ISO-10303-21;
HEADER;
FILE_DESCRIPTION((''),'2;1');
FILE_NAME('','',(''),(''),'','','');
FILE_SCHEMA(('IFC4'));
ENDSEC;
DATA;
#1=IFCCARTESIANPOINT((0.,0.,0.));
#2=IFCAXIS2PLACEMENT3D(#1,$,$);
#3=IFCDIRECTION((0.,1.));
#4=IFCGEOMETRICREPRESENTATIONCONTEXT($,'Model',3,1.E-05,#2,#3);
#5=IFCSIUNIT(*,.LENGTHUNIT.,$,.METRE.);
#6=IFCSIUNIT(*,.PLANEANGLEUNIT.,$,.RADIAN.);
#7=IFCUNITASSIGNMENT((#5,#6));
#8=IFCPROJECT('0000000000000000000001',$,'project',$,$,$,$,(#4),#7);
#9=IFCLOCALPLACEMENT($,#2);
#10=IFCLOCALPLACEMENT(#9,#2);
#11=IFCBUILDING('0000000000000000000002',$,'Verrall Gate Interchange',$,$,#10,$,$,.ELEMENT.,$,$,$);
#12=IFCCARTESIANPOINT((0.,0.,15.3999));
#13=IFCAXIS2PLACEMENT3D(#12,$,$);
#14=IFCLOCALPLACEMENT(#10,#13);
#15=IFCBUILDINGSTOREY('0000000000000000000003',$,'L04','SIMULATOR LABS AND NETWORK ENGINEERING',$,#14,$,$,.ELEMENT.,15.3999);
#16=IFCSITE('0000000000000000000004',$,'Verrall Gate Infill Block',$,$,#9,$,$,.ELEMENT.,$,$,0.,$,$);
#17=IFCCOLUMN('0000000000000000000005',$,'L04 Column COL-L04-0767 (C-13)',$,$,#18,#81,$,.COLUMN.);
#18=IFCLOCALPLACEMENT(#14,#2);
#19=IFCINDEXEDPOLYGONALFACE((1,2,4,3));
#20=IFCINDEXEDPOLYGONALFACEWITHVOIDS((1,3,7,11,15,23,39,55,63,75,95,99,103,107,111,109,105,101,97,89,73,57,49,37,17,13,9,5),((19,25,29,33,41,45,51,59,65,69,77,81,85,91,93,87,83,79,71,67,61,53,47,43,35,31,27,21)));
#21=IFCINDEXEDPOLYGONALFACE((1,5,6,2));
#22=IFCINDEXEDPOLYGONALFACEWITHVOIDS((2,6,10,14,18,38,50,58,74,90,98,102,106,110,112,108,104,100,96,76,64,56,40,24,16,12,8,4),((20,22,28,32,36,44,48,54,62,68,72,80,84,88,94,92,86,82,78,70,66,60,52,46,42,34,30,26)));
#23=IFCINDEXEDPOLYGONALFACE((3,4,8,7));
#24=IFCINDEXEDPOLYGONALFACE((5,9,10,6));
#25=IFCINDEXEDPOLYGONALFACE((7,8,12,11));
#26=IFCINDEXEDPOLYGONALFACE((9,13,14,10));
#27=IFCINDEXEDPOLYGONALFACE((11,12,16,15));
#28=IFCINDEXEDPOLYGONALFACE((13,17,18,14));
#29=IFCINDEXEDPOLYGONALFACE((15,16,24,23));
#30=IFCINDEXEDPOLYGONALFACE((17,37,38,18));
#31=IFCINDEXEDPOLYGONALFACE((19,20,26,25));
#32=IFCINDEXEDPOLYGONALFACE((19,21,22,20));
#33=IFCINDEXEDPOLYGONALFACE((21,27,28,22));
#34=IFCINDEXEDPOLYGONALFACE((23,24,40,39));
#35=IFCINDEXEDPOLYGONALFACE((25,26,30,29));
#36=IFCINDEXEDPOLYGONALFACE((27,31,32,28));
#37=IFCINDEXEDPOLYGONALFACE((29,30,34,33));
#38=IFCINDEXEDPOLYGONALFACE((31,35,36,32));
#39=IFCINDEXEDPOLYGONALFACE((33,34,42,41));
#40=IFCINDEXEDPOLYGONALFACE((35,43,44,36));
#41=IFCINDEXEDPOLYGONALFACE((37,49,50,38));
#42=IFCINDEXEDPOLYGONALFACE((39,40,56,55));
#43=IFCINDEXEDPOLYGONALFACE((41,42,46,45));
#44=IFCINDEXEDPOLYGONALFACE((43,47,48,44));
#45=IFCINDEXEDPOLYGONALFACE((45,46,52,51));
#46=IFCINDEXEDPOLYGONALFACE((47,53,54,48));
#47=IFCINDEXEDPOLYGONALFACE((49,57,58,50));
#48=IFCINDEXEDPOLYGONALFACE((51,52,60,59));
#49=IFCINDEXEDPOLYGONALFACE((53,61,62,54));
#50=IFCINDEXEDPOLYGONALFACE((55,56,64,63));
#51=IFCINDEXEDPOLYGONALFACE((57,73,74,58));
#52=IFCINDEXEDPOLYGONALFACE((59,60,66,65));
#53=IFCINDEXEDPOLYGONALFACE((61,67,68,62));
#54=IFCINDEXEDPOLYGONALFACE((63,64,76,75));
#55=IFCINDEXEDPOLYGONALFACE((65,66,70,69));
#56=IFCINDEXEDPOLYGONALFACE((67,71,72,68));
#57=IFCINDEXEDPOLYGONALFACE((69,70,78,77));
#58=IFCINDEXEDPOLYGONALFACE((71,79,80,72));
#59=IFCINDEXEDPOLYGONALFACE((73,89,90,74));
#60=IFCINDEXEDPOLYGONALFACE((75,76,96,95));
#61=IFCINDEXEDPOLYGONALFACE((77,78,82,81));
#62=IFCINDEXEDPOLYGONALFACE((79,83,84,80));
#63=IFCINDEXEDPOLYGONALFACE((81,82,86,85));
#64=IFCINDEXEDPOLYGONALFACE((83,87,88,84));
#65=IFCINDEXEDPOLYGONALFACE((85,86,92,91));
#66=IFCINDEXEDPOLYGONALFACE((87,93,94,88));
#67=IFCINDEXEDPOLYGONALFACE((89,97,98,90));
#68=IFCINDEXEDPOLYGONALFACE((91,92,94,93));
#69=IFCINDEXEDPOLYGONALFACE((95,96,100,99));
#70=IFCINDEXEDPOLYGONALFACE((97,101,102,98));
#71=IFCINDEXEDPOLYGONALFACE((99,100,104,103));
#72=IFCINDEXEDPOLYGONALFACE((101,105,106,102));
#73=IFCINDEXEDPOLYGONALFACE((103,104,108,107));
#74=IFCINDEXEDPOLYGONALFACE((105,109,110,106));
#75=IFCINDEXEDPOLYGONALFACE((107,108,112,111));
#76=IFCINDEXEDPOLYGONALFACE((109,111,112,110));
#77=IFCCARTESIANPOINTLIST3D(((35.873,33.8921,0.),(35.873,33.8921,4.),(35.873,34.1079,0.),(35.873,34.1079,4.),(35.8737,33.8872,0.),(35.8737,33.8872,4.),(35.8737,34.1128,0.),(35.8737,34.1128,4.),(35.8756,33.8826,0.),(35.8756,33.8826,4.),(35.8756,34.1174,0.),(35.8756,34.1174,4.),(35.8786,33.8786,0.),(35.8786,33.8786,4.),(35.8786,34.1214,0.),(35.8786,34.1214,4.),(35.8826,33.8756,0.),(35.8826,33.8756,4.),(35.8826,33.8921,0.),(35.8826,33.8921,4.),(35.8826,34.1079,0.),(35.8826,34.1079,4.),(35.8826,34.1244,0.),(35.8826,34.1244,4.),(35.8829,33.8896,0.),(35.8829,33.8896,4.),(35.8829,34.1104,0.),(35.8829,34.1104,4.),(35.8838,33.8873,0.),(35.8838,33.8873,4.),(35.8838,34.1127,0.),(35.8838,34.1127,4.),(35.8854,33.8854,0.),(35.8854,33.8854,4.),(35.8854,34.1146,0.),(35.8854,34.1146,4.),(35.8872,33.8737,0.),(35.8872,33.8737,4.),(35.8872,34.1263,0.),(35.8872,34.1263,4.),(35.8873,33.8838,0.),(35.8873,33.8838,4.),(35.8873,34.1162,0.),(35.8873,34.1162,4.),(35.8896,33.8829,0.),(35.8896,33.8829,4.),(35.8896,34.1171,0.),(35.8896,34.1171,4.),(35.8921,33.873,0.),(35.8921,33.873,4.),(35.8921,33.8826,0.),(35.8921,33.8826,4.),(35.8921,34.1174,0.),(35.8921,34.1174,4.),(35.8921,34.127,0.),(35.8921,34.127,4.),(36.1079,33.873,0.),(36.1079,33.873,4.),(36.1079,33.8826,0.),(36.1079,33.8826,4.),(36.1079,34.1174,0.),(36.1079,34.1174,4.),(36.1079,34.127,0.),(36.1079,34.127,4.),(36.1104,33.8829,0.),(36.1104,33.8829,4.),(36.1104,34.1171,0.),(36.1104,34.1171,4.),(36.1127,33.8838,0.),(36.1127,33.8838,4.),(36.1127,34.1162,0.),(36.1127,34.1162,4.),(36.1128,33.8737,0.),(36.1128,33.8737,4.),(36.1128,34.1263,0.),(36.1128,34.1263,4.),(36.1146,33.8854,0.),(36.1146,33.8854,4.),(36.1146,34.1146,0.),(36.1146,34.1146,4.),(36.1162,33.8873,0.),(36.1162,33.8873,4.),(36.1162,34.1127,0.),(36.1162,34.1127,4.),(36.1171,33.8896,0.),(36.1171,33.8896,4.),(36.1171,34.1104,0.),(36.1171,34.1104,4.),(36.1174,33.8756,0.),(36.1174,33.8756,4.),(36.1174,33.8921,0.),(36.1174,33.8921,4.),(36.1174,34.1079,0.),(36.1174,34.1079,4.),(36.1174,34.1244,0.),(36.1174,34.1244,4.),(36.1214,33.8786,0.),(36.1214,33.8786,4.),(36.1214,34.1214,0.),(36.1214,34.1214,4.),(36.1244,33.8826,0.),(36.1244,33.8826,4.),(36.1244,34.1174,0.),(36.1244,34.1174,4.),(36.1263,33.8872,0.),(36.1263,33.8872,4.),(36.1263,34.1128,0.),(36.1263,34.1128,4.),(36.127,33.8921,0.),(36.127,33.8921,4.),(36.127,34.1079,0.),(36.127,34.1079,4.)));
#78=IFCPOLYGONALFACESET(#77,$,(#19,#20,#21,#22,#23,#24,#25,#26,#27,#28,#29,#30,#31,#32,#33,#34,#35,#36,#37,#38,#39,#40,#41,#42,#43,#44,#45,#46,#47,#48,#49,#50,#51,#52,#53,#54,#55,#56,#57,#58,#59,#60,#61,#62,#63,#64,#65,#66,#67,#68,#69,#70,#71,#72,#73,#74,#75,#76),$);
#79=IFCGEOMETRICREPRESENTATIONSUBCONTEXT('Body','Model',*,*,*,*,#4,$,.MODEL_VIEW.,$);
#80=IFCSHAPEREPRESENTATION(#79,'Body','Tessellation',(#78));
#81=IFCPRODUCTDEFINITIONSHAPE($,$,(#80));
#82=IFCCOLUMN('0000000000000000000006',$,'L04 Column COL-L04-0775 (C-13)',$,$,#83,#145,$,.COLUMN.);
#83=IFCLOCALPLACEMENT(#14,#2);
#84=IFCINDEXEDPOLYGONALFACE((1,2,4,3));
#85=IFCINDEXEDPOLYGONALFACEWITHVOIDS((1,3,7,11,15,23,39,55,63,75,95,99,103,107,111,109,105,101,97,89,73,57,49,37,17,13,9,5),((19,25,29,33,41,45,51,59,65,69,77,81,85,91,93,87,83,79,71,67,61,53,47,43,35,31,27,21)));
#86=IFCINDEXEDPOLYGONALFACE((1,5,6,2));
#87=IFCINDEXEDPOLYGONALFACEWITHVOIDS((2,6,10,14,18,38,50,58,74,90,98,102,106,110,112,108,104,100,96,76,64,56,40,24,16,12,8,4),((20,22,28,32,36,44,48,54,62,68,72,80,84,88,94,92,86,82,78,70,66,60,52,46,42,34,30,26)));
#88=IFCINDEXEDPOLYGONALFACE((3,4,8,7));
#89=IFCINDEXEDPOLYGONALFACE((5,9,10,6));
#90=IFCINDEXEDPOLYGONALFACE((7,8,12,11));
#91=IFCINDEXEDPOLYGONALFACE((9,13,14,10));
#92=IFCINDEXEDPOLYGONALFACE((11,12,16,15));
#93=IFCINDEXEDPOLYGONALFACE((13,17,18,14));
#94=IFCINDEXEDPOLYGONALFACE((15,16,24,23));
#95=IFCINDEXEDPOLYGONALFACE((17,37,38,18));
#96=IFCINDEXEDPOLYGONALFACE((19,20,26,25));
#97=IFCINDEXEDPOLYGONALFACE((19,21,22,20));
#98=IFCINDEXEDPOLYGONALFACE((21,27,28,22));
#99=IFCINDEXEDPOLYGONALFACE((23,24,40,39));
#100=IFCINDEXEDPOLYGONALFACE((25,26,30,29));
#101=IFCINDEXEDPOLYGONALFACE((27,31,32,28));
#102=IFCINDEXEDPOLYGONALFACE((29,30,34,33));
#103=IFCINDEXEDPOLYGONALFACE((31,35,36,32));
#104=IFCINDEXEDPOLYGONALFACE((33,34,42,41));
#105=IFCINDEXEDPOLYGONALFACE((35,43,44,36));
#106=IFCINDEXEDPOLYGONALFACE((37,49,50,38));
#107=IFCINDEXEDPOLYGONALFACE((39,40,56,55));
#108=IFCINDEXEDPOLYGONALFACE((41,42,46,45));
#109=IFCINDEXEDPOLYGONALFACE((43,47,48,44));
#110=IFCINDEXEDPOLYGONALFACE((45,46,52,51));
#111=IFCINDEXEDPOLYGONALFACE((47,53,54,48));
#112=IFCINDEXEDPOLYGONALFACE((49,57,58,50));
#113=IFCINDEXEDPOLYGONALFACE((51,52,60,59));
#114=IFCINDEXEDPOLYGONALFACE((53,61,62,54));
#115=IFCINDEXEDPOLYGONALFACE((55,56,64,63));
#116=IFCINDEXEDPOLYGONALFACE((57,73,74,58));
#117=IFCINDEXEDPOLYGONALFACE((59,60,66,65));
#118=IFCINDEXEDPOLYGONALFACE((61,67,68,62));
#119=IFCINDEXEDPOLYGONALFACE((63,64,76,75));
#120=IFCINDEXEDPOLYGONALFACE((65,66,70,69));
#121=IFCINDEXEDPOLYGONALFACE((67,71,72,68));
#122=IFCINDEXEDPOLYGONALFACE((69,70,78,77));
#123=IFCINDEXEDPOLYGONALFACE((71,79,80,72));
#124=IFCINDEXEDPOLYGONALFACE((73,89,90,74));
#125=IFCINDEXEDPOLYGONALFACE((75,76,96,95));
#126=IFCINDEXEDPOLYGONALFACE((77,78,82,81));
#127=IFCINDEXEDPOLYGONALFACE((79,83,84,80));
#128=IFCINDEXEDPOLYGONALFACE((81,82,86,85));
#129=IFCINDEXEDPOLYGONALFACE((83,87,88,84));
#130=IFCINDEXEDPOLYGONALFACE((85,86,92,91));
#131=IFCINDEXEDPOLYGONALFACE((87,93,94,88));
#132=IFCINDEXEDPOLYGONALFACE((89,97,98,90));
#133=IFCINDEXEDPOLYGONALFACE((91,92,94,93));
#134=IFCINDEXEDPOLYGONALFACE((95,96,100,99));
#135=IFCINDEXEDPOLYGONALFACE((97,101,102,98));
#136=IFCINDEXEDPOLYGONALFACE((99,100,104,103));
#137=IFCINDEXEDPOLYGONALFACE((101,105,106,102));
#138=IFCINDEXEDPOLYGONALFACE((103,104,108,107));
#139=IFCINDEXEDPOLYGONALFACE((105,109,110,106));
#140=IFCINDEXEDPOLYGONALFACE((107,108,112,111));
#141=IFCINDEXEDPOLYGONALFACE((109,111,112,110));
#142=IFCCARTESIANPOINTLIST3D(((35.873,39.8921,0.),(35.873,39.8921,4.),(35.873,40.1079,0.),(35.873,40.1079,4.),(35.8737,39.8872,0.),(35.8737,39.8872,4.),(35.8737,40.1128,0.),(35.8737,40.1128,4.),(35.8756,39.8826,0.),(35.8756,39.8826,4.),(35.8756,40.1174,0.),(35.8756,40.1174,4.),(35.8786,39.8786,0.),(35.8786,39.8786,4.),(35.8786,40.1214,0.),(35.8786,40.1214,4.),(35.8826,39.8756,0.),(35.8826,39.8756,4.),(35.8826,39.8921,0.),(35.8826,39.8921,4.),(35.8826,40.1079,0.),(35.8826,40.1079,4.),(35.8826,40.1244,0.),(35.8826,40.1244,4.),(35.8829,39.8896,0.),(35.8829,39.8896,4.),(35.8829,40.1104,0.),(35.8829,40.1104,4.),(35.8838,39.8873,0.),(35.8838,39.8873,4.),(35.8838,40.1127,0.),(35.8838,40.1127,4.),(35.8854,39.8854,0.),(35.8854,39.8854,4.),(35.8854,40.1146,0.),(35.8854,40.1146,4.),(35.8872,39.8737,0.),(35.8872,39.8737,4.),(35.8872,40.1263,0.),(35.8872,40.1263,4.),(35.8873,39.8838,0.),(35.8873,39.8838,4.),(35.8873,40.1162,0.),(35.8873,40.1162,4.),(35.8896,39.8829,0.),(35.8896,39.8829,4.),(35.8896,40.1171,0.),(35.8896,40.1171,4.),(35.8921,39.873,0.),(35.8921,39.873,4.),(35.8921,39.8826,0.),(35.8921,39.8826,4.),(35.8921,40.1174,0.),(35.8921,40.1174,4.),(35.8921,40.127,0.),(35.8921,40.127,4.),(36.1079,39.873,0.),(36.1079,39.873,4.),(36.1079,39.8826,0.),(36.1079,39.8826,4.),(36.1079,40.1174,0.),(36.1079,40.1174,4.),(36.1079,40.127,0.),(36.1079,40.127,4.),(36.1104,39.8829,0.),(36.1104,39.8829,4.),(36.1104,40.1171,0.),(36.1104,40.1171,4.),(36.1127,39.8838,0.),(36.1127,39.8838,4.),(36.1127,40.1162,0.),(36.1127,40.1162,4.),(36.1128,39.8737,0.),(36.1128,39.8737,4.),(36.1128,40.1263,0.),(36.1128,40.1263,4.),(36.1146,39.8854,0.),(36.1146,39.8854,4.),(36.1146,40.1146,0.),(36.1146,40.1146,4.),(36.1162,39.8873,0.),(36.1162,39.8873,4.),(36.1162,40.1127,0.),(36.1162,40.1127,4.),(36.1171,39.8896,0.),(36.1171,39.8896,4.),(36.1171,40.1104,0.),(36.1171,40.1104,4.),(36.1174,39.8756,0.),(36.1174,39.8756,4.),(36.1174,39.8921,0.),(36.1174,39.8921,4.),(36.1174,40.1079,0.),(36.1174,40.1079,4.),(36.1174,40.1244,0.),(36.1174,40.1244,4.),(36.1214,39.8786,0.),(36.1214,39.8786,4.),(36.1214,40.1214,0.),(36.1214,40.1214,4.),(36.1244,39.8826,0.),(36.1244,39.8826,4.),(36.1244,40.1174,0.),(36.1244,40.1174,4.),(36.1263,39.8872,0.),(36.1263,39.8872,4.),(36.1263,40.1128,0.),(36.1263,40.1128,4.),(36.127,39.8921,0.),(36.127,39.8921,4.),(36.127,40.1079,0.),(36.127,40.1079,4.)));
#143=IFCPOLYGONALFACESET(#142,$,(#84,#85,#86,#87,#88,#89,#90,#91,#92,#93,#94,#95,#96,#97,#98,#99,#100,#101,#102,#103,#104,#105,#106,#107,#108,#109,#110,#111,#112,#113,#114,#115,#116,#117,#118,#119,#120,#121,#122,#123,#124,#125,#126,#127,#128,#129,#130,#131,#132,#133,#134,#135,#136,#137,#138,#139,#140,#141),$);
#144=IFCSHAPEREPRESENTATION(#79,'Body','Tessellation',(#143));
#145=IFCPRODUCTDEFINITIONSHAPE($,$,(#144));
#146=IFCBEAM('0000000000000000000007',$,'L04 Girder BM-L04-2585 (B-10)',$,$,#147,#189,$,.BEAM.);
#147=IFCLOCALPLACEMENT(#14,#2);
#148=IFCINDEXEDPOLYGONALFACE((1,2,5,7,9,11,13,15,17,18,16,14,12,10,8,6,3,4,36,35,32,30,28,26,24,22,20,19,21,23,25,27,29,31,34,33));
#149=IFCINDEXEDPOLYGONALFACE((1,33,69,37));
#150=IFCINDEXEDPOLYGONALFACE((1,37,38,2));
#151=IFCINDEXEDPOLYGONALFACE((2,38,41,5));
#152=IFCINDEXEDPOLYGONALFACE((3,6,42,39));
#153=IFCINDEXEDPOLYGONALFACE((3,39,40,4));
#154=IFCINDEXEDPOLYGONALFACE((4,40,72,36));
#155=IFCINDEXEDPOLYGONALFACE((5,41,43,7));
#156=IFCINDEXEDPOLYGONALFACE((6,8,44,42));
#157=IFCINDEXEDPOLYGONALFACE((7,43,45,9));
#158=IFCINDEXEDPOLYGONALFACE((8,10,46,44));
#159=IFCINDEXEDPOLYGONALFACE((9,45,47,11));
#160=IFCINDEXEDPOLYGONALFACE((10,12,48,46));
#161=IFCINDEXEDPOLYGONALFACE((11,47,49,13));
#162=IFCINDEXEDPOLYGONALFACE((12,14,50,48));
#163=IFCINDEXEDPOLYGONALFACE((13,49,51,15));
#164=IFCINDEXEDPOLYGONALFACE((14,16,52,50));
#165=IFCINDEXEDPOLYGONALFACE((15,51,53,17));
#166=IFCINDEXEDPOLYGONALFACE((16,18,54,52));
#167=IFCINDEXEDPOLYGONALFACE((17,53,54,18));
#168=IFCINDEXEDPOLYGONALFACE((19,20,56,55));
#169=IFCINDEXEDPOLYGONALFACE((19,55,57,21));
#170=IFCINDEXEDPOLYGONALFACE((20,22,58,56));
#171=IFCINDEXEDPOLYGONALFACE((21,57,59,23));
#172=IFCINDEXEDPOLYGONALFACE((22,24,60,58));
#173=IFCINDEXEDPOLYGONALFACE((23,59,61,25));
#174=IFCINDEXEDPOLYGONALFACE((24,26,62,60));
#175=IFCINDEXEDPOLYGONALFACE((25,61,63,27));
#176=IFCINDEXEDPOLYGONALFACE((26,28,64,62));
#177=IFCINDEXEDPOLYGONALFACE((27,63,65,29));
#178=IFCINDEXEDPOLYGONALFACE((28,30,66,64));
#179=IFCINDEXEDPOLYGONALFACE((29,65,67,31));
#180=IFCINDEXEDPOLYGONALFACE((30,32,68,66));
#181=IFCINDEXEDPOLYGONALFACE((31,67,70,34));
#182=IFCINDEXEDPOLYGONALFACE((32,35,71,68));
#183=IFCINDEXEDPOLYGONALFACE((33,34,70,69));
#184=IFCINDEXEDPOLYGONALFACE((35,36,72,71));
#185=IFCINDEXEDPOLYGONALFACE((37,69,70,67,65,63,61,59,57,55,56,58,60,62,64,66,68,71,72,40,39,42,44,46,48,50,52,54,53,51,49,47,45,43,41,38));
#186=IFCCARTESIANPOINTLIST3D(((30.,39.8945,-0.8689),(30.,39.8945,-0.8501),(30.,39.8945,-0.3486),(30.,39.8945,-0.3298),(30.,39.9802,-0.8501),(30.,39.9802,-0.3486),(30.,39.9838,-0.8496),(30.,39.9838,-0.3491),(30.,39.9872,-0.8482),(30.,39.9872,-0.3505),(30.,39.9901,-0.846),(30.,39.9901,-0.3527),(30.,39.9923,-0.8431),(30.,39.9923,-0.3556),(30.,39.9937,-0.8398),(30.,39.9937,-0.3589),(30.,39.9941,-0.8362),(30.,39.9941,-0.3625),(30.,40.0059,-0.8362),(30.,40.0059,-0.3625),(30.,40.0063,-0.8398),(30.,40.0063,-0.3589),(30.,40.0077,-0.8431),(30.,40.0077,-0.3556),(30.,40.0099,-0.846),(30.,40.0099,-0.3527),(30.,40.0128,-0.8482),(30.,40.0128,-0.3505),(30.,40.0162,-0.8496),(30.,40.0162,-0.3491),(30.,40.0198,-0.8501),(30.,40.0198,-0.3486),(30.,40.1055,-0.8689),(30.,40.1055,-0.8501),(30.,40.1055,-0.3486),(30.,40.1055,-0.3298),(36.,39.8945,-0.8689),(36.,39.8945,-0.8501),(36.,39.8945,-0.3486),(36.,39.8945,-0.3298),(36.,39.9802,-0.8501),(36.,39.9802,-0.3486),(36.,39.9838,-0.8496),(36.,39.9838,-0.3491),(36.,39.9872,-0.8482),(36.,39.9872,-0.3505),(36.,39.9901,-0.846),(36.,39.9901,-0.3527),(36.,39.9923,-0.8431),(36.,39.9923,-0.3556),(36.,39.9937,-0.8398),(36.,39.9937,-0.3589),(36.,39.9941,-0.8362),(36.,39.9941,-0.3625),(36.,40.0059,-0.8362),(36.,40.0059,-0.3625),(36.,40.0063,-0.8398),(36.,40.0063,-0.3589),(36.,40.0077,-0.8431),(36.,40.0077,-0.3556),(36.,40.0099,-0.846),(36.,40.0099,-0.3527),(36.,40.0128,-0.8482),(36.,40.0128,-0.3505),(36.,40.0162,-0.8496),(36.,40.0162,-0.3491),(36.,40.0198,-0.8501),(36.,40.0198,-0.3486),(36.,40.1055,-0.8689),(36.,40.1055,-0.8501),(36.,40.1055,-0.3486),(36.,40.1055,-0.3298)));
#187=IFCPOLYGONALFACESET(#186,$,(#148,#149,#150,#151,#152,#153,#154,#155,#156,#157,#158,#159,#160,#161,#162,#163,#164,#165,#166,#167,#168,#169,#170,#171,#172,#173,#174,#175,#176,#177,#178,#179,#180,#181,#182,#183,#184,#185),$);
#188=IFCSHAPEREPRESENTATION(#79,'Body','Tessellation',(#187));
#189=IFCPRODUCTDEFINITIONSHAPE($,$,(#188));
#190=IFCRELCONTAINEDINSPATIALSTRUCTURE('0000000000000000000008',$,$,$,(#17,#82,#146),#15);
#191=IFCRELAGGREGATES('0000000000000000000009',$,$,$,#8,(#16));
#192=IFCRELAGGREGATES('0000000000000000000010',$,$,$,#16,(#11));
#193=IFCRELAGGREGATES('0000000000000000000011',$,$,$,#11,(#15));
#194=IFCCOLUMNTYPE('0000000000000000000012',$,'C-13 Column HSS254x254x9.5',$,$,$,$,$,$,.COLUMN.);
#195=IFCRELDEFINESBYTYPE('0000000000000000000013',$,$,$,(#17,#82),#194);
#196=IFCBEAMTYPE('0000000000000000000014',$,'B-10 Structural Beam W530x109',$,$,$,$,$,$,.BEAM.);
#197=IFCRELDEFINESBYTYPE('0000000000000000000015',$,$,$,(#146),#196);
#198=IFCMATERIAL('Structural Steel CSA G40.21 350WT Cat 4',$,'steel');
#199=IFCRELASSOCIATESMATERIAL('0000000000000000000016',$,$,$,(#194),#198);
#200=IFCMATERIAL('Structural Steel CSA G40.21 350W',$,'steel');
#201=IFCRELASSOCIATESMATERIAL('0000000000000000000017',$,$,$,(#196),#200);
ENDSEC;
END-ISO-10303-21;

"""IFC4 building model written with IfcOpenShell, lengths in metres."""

from ifc_helpers import new_model, si_unit, direction, frame, origin, origin_2d, place, context, subcontext, project, spatial, hollow_rectangle, i_section, extrude, material, material_profile, profile_set, type_object, element, save


model = new_model("IFC4")

# Units and contexts
model_context = context("Model", 3, precision=1e-05, world=origin(), true_north=direction((0.0, 1.0)))
body_context = subcontext(model_context, "Body", "Model", "MODEL_VIEW")
ifc_project = project(units=[si_unit("LENGTHUNIT", "METRE"), si_unit("PLANEANGLEUNIT", "RADIAN")], contexts=[model_context])

# Site, building, storey
site_placement = place(None, origin())
site = spatial("IfcSite", under=ifc_project, at=site_placement, Name="Verrall Gate Infill Block", CompositionType="ELEMENT", RefElevation=0.0)
building_placement = place(site_placement, origin())
building = spatial("IfcBuilding", under=site, at=building_placement, Name="Verrall Gate Interchange", CompositionType="ELEMENT")
storey_placement = place(building_placement, frame((0.0, 0.0, 15.3999)))
storey = spatial("IfcBuildingStorey", under=building, at=storey_placement, Name="L04", Description="SIMULATOR LABS AND NETWORK ENGINEERING", CompositionType="ELEMENT", Elevation=15.3999)

# Columns
ifc_material_1 = material(Name="Structural Steel CSA G40.21 350WT Cat 4", Category="steel")
ifc_material_profile_1 = material_profile(ifc_material_1, hollow_rectangle(XDim=0.2539, YDim=0.2539, WallThickness=0.0095, InnerFilletRadius=0.0095, OuterFilletRadius=0.019, at=origin_2d()), Name="HSS254x254x9.5")
ifc_profile_set_1 = profile_set([ifc_material_profile_1], Name="Structural Steel CSA G40.21 350WT Cat 4")
column_type = type_object("IfcColumnType", Name="C-13 Column HSS254x254x9.5", PredefinedType="COLUMN", material=ifc_profile_set_1)
for number, where, z_axis, x_axis, name in (
    (1, (36.0, 34.0, 0.0), (0.0, 0.0, 1.0), (1.0, 0.0, 0.0), "L04 Column COL-L04-0767 (C-13)"),
    (2, (36.0, 40.0, 0.0), (0.0, 0.0, 1.0), (1.0, 0.0, 0.0), "L04 Column COL-L04-0775 (C-13)"),
):
    element("IfcColumn", number, at=place(storey_placement, frame(where, z_axis=z_axis, x_axis=x_axis)), inside=storey, type_object=column_type, Name=name, PredefinedType="COLUMN", context=body_context, shape_type="SweptSolid", body=[
        extrude(hollow_rectangle(XDim=0.2539, YDim=0.2539, WallThickness=0.0095, InnerFilletRadius=0.0095, OuterFilletRadius=0.019, at=origin_2d()), origin(), (0.0, 0.0, 1.0), 4.0),
    ])

# Beam
ifc_material_2 = material(Name="Structural Steel CSA G40.21 350W", Category="steel")
ifc_material_profile_2 = material_profile(ifc_material_2, i_section(OverallWidth=0.2109, OverallDepth=0.5391, WebThickness=0.0117, FlangeThickness=0.0188, FilletRadius=0.0139, at=origin_2d()), Name="W530x109")
ifc_profile_set_2 = profile_set([ifc_material_profile_2], Name="Structural Steel CSA G40.21 350W")
beam_type_1 = type_object("IfcBeamType", Name="B-10 Structural Beam W530x109", PredefinedType="BEAM", material=ifc_profile_set_2)
beam_1_placement = place(storey_placement, frame((30.0, 40.0, -0.5994), z_axis=(1.0, 0.0, 0.0), x_axis=(0.0, 1.0, 0.0)))
element("IfcBeam", 3, at=beam_1_placement, inside=storey, type_object=beam_type_1, Name="L04 Girder BM-L04-2585 (B-10)", PredefinedType="BEAM", context=body_context, shape_type="SweptSolid", body=[
    extrude(i_section(OverallWidth=0.2109, OverallDepth=0.5391, WebThickness=0.0117, FlangeThickness=0.0188, FilletRadius=0.0139, at=origin_2d()), origin(), (0.0, 0.0, 1.0), 6.0),
])

save(model, "model.ifc")
